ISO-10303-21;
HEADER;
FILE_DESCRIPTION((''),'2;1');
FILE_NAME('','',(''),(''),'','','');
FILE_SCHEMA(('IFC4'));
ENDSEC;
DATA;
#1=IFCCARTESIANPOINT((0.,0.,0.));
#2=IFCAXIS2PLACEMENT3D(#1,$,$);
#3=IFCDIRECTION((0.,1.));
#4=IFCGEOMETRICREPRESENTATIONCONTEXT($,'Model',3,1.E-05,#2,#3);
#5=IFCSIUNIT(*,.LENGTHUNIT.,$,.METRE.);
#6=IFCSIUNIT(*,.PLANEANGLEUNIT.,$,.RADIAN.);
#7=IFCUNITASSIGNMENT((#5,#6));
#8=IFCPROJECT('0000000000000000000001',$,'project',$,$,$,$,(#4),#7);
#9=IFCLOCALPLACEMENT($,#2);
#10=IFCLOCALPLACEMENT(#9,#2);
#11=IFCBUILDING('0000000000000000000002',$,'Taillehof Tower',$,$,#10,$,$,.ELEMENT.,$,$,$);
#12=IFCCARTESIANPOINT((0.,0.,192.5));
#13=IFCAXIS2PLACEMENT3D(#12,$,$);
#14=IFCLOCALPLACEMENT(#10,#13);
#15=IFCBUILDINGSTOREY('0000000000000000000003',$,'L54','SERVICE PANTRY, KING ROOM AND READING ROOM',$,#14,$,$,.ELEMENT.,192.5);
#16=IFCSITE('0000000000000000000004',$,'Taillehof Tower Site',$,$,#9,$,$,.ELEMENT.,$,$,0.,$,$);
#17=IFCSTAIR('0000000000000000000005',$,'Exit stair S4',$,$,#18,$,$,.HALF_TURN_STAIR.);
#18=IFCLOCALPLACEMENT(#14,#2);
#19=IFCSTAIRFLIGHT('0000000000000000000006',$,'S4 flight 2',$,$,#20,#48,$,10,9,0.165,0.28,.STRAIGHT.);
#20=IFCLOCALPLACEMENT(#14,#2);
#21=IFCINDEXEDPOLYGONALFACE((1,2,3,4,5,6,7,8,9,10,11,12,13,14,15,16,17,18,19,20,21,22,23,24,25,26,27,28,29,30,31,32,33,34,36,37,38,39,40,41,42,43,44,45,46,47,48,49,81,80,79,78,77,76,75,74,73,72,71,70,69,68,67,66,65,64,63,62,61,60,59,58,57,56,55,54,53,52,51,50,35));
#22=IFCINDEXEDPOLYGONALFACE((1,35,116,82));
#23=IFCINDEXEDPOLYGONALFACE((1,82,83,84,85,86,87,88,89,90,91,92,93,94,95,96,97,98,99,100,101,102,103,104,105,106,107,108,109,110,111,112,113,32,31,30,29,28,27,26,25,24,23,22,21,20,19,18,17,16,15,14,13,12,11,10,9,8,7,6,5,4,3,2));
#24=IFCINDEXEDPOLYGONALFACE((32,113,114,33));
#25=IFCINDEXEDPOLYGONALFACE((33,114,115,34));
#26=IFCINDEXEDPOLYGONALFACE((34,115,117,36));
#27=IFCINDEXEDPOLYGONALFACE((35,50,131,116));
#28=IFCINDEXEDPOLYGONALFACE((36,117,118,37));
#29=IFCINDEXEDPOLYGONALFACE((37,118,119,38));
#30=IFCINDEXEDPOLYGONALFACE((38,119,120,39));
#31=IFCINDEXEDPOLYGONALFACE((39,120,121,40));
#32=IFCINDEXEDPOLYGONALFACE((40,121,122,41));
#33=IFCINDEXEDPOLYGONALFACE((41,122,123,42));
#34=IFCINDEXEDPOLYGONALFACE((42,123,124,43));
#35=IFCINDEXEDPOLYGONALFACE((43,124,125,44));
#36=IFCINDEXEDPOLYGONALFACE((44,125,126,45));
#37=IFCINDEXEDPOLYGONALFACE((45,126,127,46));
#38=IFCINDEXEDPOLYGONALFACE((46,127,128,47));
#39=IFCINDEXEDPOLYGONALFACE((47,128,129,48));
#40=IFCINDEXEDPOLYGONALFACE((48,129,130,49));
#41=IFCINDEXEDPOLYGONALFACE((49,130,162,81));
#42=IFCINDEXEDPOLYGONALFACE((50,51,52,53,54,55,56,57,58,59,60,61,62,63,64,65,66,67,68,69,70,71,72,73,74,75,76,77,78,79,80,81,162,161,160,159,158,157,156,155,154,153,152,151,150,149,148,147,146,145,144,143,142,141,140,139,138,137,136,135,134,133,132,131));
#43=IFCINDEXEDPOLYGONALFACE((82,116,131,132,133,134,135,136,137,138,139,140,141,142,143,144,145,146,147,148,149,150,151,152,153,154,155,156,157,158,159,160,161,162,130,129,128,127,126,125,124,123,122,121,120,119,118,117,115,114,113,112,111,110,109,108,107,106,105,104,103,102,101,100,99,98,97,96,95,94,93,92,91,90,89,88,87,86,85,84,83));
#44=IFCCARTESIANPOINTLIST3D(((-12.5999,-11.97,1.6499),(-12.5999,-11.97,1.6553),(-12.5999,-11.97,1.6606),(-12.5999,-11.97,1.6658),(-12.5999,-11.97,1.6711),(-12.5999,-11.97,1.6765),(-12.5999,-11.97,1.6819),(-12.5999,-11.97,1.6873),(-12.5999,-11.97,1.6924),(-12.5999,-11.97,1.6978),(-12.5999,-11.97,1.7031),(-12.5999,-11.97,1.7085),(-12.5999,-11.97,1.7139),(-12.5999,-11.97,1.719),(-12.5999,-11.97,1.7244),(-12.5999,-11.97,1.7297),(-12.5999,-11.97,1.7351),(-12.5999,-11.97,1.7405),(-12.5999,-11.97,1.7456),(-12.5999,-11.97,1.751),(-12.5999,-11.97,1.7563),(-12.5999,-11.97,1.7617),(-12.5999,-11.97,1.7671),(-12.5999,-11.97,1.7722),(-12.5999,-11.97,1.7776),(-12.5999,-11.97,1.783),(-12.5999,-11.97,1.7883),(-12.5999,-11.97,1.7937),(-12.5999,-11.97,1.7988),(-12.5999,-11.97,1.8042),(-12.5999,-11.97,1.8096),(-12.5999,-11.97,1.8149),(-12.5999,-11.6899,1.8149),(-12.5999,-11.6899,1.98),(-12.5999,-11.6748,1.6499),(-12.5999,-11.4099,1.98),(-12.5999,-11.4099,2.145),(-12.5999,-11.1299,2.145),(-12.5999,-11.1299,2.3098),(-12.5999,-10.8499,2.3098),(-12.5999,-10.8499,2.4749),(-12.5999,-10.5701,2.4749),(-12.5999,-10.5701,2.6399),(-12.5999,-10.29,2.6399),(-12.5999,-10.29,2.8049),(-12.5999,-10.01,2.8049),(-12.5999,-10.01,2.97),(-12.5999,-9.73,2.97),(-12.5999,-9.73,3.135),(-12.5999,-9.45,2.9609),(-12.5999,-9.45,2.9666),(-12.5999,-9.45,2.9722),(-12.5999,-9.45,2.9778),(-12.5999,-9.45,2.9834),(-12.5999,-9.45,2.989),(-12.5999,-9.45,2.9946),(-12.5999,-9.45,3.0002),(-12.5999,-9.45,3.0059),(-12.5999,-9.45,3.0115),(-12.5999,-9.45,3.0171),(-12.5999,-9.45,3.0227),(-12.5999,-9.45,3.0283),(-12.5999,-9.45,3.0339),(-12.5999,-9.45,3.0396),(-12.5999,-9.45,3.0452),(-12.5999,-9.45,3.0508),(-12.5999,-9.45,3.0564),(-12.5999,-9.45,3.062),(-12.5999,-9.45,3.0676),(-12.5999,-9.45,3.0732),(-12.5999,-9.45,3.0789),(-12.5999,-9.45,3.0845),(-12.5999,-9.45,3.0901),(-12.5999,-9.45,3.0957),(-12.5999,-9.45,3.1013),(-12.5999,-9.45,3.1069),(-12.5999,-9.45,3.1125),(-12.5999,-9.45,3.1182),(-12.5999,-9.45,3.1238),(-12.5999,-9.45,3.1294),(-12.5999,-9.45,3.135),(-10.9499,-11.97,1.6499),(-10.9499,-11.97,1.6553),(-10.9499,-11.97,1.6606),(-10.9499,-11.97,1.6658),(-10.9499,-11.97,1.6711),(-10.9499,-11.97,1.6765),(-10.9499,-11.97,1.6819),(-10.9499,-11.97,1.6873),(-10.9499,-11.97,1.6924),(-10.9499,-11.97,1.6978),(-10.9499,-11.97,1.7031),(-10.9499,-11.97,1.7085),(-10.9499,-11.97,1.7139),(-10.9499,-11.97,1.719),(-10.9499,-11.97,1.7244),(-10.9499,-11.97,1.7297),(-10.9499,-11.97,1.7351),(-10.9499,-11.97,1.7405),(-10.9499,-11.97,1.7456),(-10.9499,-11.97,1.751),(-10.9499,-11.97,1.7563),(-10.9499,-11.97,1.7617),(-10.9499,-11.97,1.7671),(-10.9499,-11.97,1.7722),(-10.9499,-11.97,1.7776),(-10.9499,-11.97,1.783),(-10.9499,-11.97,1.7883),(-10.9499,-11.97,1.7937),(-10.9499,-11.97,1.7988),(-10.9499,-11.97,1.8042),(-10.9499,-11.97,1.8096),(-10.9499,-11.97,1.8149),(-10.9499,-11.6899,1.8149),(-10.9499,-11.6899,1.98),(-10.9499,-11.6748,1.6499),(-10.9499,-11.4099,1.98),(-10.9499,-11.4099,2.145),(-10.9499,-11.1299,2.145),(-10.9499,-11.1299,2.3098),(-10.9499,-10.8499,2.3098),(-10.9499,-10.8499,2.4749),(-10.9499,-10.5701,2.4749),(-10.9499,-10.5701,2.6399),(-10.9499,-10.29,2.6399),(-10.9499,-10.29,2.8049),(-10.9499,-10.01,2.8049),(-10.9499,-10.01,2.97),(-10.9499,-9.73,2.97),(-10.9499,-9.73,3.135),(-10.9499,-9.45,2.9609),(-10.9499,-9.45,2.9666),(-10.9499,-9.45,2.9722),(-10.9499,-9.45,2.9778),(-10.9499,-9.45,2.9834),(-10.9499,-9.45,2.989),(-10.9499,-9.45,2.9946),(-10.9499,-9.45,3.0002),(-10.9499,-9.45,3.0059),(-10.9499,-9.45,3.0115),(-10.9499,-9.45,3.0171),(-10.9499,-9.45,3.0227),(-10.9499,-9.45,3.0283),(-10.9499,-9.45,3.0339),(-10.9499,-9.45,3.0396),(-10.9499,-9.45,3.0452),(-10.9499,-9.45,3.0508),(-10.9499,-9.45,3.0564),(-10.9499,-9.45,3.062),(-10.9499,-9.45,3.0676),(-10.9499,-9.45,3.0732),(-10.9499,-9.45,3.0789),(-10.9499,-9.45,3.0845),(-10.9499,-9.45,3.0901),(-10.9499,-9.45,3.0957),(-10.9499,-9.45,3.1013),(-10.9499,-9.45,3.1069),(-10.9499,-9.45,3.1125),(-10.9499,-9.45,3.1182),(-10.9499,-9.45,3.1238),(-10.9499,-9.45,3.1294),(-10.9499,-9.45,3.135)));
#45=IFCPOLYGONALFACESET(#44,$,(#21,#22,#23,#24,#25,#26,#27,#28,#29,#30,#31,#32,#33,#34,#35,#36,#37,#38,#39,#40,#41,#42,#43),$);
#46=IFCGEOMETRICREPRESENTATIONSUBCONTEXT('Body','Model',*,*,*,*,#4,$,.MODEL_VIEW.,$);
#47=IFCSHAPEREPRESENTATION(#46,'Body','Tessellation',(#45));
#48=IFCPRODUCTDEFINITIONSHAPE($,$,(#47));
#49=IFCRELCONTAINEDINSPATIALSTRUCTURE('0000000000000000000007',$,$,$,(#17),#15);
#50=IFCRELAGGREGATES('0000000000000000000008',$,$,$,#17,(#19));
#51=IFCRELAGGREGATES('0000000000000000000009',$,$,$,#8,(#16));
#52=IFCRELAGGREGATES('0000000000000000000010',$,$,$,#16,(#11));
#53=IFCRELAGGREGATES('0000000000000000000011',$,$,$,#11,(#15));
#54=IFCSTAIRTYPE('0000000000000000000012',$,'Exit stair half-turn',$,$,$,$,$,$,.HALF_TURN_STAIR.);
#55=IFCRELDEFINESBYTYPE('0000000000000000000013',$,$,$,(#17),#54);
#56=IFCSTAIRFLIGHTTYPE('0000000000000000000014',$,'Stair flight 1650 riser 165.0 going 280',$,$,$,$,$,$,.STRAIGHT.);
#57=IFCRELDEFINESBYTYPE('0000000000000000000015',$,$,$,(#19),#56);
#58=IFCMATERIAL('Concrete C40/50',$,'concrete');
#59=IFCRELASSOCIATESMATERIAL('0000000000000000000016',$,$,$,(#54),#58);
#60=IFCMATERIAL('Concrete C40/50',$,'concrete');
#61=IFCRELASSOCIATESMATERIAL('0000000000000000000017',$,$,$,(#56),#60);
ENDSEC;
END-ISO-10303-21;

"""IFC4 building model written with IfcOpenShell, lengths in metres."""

from ifc_helpers import new_model, si_unit, direction, frame, origin, place, context, subcontext, project, spatial, polyline, outline, extrude, material, type_object, element, aggregate, save


model = new_model("IFC4")

# Units and contexts
model_context = context("Model", 3, precision=1e-05, world=origin(), true_north=direction((0.0, 1.0)))
body_context = subcontext(model_context, "Body", "Model", "MODEL_VIEW")
ifc_project = project(units=[si_unit("LENGTHUNIT", "METRE"), si_unit("PLANEANGLEUNIT", "RADIAN")], contexts=[model_context])

# Site, building, storey
site_placement = place(None, origin())
site = spatial("IfcSite", under=ifc_project, at=site_placement, Name="Taillehof Tower Site", CompositionType="ELEMENT", RefElevation=0.0)
building_placement = place(site_placement, origin())
building = spatial("IfcBuilding", under=site, at=building_placement, Name="Taillehof Tower", CompositionType="ELEMENT")
storey_placement = place(building_placement, frame((0.0, 0.0, 192.5)))
storey = spatial("IfcBuildingStorey", under=building, at=storey_placement, Name="L54", Description="SERVICE PANTRY, KING ROOM AND READING ROOM", CompositionType="ELEMENT", Elevation=192.5)

# Stair, stair flight
ifc_material_1 = material(Name="Concrete C40/50", Category="concrete")
stair_type = type_object("IfcStairType", Name="Exit stair half-turn", PredefinedType="HALF_TURN_STAIR", material=ifc_material_1)
stair_placement = place(storey_placement, origin())
stair = element("IfcStair", 1, at=stair_placement, inside=storey, type_object=stair_type, Name="Exit stair S4", PredefinedType="HALF_TURN_STAIR")
ifc_material_2 = material(Name="Concrete C40/50", Category="concrete")
stair_flight_type = type_object("IfcStairFlightType", Name="Stair flight 1650 riser 165.0 going 280", PredefinedType="STRAIGHT", material=ifc_material_2)
stair_flight_placement = place(storey_placement, frame((-11.7749, -11.97, 1.6499), z_axis=(0.0, 0.0, 1.0), x_axis=(0.0, 1.0, 0.0)))
stair_flight = element("IfcStairFlight", 2, at=stair_flight_placement, type_object=stair_flight_type, Name="S4 flight 2", NumberOfRisers=10, NumberOfTreads=9, PredefinedType="STRAIGHT", RiserHeight=0.165, TreadLength=0.28, context=body_context, shape_type="SweptSolid", body=[
    extrude(outline(polyline([(0.0, 0.0), (0.0, 0.0054), (0.0, 0.0107), (0.0, 0.0159), (0.0, 0.0212), (0.0, 0.0266), (0.0, 0.032), (0.0, 0.0374), (0.0, 0.0425), (0.0, 0.0479), (0.0, 0.0532), (0.0, 0.0586), (0.0, 0.064), (0.0, 0.0691), (0.0, 0.0745), (0.0, 0.0798), (0.0, 0.0852), (0.0, 0.0906), (0.0, 0.0957), (0.0, 0.1011), (0.0, 0.1064), (0.0, 0.1118), (0.0, 0.1172), (0.0, 0.1223), (0.0, 0.1277), (0.0, 0.1331), (0.0, 0.1384), (0.0, 0.1438), (0.0, 0.1489), (0.0, 0.1543), (0.0, 0.1597), (0.0, 0.165), (0.28, 0.165), (0.28, 0.3301), (0.5601, 0.3301), (0.5601, 0.4951), (0.8401, 0.4951), (0.8401, 0.6599), (1.1201, 0.6599), (1.1201, 0.825), (1.3999, 0.825), (1.3999, 0.99), (1.6799, 0.99), (1.6799, 1.155), (1.96, 1.155), (1.96, 1.3201), (2.24, 1.3201), (2.24, 1.4851), (2.52, 1.4851), (2.52, 1.4795), (2.52, 1.4739), (2.52, 1.4683), (2.52, 1.4626), (2.52, 1.457), (2.52, 1.4514), (2.52, 1.4458), (2.52, 1.4402), (2.52, 1.4346), (2.52, 1.429), (2.52, 1.4233), (2.52, 1.4177), (2.52, 1.4121), (2.52, 1.4065), (2.52, 1.4009), (2.52, 1.3953), (2.52, 1.3896), (2.52, 1.384), (2.52, 1.3784), (2.52, 1.3728), (2.52, 1.3672), (2.52, 1.3616), (2.52, 1.356), (2.52, 1.3503), (2.52, 1.3447), (2.52, 1.3391), (2.52, 1.3335), (2.52, 1.3279), (2.52, 1.3223), (2.52, 1.3167), (2.52, 1.311), (0.2952, 0.0), (0.0, 0.0)])), frame((0.0, 0.825, 0.0), z_axis=(0.0, -1.0, 0.0), x_axis=(1.0, 0.0, 0.0)), (0.0, 0.0, 1.0), 1.65),
])
aggregate(stair, [stair_flight])

save(model, "model.ifc")
